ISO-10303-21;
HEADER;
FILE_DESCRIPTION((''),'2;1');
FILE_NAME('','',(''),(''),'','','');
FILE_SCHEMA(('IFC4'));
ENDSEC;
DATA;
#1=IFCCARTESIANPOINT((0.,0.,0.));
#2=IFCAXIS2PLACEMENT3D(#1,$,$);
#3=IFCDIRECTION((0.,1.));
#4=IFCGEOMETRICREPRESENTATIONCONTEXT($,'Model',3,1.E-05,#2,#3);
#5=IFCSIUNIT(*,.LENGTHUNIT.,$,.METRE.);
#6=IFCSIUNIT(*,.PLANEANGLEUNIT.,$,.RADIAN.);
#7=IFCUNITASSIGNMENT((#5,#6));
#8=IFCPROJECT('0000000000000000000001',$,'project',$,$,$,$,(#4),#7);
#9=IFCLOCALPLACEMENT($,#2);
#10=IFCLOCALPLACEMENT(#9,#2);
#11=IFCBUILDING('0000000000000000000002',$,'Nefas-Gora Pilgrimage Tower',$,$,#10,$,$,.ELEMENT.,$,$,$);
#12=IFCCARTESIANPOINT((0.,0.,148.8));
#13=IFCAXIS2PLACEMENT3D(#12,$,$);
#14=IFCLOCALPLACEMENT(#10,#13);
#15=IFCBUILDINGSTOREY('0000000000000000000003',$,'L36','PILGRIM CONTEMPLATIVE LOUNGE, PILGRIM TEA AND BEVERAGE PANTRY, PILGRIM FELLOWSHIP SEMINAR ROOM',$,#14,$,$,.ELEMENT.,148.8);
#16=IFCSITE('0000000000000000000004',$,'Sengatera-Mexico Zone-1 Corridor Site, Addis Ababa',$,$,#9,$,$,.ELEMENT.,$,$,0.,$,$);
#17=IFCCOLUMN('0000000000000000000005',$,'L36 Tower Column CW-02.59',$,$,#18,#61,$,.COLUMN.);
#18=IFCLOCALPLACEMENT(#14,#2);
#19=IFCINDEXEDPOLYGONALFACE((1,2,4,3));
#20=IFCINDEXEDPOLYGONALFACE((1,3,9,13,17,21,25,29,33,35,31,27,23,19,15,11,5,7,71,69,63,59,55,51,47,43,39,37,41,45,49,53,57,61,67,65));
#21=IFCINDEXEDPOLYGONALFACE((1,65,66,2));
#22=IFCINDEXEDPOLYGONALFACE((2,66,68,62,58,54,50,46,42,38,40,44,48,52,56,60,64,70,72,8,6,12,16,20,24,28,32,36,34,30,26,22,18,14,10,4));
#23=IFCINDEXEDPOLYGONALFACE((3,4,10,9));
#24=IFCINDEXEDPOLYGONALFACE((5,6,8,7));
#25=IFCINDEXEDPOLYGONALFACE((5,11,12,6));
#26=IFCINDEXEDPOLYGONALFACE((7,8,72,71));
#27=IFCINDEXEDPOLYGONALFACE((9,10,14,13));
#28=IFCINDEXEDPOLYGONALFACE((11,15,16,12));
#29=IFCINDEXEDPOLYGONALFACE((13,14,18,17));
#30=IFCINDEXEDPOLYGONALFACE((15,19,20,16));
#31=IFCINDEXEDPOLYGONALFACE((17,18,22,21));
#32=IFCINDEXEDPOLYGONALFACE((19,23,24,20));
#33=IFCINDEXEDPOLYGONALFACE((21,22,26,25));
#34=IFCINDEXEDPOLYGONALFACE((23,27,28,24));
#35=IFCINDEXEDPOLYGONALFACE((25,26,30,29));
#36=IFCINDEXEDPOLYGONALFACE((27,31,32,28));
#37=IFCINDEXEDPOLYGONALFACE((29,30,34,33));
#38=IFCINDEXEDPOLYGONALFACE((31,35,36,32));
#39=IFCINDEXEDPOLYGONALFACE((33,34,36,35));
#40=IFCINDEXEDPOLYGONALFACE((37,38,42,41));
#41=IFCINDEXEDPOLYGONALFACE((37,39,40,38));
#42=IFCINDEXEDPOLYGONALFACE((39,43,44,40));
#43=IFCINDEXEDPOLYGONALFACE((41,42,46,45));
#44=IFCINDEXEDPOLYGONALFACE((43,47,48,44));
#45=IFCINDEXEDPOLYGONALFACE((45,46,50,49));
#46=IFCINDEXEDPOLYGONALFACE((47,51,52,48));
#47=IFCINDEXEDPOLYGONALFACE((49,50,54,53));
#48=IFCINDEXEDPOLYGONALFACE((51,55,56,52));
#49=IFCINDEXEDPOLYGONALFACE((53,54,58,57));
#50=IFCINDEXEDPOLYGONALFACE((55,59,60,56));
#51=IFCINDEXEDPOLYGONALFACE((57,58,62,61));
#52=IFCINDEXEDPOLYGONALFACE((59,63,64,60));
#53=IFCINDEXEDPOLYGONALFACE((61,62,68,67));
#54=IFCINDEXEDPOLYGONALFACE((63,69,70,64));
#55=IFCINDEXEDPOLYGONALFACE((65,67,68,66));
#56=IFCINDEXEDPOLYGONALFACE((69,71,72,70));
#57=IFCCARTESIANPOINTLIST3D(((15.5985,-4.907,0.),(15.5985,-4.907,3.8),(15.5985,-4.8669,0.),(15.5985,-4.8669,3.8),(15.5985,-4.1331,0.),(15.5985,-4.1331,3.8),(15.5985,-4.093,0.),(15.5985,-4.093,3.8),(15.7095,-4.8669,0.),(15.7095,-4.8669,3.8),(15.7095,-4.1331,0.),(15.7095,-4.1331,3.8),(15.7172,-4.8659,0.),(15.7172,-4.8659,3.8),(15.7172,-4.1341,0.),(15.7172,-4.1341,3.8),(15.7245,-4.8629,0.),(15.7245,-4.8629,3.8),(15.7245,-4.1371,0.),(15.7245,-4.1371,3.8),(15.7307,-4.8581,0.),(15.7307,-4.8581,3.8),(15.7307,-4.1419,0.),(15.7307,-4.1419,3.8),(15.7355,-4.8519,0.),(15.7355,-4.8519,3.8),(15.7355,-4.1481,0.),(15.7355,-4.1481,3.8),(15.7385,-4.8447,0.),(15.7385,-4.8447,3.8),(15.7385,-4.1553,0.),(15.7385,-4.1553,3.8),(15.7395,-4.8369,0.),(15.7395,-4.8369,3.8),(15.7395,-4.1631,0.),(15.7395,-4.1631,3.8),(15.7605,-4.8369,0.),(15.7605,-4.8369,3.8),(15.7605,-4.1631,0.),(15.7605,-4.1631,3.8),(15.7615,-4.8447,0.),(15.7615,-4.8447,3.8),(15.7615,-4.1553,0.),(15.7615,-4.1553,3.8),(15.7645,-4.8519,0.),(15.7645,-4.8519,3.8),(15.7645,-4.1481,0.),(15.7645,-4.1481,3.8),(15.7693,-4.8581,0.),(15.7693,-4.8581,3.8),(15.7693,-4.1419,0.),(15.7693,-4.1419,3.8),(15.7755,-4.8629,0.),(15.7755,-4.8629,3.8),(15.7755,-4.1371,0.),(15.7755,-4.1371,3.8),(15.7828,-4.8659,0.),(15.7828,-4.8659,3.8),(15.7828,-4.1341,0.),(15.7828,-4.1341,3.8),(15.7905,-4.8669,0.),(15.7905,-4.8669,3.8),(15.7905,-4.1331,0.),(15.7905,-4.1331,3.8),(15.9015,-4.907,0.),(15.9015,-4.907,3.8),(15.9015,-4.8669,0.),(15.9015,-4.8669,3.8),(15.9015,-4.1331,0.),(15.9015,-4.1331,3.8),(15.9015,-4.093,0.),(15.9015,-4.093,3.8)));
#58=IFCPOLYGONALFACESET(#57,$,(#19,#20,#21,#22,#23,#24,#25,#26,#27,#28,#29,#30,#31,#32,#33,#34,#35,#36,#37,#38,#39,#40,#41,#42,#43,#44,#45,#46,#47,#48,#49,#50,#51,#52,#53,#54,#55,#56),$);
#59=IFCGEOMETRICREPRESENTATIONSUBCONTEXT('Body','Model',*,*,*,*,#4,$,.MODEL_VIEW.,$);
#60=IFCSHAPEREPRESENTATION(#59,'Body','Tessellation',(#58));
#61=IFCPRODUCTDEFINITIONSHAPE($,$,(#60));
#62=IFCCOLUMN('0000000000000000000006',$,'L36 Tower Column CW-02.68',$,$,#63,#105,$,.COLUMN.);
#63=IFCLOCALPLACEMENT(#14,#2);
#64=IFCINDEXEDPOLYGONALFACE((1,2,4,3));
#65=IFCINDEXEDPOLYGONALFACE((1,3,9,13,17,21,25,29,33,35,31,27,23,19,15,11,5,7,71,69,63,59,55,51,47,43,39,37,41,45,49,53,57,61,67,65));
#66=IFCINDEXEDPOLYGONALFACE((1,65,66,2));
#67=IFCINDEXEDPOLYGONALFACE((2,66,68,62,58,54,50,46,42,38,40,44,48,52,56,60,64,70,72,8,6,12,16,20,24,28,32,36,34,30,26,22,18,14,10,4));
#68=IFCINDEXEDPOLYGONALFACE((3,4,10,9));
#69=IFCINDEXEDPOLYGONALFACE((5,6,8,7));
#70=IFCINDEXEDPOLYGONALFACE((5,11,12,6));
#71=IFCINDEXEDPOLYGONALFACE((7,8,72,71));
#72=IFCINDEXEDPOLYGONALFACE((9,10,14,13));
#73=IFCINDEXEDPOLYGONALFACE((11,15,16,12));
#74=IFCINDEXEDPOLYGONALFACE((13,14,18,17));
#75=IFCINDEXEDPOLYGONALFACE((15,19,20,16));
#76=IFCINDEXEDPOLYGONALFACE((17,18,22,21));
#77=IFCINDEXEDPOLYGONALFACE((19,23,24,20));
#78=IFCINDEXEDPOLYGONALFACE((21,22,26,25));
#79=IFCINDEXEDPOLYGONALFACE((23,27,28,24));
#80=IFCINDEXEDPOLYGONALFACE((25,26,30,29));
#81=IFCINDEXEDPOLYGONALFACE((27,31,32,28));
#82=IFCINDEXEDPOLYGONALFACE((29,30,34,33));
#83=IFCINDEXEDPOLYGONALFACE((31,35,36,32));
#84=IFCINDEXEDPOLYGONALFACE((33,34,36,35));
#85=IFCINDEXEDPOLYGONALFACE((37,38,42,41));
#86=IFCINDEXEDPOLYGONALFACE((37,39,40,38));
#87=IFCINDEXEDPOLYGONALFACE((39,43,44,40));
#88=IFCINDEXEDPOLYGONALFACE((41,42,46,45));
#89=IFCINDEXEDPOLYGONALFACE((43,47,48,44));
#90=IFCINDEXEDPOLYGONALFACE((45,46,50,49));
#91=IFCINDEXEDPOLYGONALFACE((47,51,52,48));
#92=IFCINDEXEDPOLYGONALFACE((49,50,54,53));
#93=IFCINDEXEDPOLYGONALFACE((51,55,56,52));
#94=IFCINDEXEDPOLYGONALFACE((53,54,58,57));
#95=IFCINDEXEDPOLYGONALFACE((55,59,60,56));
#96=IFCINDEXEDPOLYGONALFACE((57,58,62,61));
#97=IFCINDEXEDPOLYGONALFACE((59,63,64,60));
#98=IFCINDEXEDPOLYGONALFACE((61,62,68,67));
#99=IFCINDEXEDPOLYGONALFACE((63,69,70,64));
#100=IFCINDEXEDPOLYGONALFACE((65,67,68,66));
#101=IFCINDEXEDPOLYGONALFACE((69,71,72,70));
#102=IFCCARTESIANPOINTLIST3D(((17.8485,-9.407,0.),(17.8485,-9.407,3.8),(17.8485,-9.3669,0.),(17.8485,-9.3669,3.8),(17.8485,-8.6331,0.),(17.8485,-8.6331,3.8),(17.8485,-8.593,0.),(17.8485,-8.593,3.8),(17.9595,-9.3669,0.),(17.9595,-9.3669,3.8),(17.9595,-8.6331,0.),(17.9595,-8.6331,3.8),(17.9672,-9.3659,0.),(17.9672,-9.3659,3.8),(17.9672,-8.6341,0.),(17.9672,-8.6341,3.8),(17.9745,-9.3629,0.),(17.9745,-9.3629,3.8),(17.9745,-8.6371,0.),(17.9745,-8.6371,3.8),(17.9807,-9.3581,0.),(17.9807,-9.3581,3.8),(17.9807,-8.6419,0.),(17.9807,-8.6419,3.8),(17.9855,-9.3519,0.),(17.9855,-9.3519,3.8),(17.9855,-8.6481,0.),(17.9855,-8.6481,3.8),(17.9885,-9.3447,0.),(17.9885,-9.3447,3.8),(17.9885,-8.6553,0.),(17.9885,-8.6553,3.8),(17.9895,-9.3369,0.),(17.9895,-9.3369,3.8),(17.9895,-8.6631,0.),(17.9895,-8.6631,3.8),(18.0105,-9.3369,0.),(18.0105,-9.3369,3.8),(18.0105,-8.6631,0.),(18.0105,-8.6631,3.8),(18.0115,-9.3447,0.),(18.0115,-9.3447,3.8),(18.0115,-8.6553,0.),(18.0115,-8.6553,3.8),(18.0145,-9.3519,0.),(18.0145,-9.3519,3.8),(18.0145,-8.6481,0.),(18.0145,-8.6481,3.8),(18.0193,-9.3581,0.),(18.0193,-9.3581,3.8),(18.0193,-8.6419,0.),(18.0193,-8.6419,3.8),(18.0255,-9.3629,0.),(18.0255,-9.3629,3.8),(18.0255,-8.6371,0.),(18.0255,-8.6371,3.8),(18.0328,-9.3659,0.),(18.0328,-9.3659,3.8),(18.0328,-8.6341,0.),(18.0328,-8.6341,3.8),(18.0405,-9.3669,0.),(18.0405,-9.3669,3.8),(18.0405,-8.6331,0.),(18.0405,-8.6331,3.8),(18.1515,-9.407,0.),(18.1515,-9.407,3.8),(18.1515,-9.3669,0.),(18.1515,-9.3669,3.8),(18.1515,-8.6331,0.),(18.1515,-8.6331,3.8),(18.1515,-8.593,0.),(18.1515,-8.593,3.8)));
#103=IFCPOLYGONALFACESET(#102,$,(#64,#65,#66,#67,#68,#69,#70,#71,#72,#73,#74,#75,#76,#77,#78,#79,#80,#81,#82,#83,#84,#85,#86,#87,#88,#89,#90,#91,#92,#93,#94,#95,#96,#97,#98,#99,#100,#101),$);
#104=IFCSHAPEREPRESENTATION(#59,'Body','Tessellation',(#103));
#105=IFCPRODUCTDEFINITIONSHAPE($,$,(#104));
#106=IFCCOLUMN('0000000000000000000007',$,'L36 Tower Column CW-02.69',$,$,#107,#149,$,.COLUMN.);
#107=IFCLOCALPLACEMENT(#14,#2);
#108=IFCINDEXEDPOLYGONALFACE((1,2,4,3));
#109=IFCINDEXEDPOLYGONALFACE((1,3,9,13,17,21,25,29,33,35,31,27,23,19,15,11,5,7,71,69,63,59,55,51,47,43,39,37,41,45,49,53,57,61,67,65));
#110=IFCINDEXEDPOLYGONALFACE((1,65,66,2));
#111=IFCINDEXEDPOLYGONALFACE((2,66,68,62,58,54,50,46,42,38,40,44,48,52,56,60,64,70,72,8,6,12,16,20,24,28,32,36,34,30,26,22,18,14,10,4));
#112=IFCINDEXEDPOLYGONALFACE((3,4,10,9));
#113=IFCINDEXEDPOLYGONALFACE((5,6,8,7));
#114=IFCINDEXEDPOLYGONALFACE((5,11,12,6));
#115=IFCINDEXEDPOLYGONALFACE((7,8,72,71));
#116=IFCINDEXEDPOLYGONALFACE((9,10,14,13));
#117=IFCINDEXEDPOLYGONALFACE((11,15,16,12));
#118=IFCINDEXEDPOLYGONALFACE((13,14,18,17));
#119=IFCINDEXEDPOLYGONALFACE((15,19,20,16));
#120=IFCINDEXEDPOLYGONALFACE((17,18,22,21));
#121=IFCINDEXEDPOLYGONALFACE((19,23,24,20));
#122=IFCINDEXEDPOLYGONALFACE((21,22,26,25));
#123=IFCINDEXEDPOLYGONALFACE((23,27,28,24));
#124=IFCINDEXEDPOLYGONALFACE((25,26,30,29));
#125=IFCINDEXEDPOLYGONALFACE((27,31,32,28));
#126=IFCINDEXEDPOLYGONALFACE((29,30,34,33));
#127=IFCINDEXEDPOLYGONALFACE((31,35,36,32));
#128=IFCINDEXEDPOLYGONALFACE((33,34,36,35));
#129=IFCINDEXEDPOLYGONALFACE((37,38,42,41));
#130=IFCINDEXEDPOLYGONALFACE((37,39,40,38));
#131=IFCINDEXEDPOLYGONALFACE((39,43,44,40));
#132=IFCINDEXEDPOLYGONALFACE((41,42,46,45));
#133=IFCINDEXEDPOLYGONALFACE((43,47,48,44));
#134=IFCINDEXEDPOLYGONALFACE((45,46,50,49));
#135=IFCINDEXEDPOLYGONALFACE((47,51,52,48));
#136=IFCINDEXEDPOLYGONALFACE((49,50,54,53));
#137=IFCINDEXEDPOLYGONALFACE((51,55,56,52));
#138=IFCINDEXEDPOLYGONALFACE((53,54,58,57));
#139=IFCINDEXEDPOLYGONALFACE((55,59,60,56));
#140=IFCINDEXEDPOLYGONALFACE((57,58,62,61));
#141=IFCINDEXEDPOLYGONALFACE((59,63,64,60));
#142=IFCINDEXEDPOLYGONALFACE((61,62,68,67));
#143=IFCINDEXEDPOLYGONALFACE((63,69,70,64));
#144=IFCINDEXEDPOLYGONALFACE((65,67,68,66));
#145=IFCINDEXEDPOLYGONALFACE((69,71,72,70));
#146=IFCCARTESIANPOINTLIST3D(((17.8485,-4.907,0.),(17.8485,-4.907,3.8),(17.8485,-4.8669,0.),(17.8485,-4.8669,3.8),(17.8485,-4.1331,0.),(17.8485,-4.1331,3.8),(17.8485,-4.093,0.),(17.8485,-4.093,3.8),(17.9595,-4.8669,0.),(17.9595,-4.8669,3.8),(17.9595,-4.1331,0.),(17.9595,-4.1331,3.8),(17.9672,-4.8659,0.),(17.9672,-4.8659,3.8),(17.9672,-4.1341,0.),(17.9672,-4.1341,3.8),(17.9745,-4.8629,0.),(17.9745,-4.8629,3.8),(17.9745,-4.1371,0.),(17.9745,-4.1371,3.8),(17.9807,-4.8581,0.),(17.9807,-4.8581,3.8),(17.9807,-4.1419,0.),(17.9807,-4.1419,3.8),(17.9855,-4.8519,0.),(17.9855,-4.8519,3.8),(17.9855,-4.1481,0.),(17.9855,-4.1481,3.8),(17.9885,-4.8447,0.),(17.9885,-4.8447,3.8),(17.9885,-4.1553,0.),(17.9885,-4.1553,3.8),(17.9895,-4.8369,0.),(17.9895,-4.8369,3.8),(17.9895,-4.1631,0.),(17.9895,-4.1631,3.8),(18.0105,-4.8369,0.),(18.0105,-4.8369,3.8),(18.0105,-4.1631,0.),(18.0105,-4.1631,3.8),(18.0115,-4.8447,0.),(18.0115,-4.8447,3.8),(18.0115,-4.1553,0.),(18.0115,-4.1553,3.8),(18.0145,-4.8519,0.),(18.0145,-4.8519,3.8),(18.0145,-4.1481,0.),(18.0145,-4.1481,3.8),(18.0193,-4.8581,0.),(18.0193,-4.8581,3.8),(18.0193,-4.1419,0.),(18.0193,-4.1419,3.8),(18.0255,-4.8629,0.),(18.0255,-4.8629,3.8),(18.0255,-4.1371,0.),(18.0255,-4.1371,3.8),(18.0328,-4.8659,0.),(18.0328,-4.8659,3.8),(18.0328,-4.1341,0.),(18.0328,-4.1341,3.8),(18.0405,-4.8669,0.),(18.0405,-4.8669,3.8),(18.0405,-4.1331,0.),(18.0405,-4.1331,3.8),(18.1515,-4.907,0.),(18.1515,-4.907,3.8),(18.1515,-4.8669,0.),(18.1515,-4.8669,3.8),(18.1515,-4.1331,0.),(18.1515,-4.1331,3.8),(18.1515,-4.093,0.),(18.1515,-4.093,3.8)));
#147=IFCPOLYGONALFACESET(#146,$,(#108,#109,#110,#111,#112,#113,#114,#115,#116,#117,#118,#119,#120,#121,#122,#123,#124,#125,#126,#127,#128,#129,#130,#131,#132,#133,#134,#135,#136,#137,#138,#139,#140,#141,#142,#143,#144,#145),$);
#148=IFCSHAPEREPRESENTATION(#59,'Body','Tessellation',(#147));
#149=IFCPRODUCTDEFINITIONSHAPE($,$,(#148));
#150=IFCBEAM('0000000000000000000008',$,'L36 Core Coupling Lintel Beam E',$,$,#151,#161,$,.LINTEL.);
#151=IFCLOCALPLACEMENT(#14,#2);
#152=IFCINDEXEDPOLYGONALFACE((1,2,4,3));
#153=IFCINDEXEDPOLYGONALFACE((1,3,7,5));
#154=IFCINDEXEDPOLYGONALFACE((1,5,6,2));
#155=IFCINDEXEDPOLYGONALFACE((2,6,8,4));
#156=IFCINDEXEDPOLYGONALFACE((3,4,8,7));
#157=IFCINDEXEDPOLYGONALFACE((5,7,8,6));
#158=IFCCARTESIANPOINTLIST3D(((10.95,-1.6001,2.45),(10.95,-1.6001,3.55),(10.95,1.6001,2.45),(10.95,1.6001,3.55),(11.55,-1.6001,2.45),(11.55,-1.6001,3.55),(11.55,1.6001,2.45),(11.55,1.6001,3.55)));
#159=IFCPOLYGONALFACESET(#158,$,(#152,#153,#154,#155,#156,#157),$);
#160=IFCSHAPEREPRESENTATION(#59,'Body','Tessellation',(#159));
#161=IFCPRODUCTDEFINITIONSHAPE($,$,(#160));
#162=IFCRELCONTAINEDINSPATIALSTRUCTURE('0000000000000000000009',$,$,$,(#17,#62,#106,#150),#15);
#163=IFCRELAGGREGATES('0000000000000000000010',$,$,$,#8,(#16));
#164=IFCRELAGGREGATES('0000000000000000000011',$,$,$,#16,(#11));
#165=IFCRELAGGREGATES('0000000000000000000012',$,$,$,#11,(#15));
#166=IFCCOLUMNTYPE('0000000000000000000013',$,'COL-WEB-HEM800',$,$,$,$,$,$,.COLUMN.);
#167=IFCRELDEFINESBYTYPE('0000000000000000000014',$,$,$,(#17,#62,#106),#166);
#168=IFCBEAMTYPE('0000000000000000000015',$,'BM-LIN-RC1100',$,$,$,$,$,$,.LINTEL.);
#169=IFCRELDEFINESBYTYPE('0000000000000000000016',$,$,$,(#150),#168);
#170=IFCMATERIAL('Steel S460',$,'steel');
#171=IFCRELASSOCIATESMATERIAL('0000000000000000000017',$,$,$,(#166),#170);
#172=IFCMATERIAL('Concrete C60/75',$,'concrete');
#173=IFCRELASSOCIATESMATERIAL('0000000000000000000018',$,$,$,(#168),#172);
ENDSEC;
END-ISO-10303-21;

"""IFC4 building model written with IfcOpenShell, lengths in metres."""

from ifc_helpers import new_model, si_unit, direction, frame, origin, origin_2d, place, context, subcontext, project, spatial, rectangle, i_section, extrude, source, transform, mapped, material, material_profile, profile_set, type_object, element, save


model = new_model("IFC4")

# Units and contexts
model_context = context("Model", 3, precision=1e-05, world=origin(), true_north=direction((0.0, 1.0)))
body_context = subcontext(model_context, "Body", "Model", "MODEL_VIEW")
ifc_project = project(units=[si_unit("LENGTHUNIT", "METRE"), si_unit("PLANEANGLEUNIT", "RADIAN")], contexts=[model_context])

# Site, building, storey
site_placement = place(None, origin())
site = spatial("IfcSite", under=ifc_project, at=site_placement, Name="Sengatera-Mexico Zone-1 Corridor Site, Addis Ababa", CompositionType="ELEMENT", RefElevation=0.0)
building_placement = place(site_placement, origin())
building = spatial("IfcBuilding", under=site, at=building_placement, Name="Nefas-Gora Pilgrimage Tower", CompositionType="ELEMENT")
storey_placement = place(building_placement, frame((0.0, 0.0, 148.8)))
storey = spatial("IfcBuildingStorey", under=building, at=storey_placement, Name="L36", Description="PILGRIM CONTEMPLATIVE LOUNGE, PILGRIM TEA AND BEVERAGE PANTRY, PILGRIM FELLOWSHIP SEMINAR ROOM", CompositionType="ELEMENT", Elevation=148.8)

# Columns
ifc_material_1 = material(Name="Steel S460", Category="steel")
ifc_material_profile_1 = material_profile(ifc_material_1, i_section(OverallWidth=0.303, OverallDepth=0.814, WebThickness=0.021, FlangeThickness=0.04, FilletRadius=0.03, at=origin_2d()), Name="HEM 800")
ifc_profile_set_1 = profile_set([ifc_material_profile_1], Name="Steel S460")
column_type_1 = type_object("IfcColumnType", Name="COL-WEB-HEM800", PredefinedType="COLUMN", material=ifc_profile_set_1)
shared_shape_1 = source(origin(), body_context, "Body", "SweptSolid", [
    extrude(i_section(OverallWidth=0.303, OverallDepth=0.814, WebThickness=0.021, FlangeThickness=0.04, FilletRadius=0.03, at=origin_2d()), origin(), (0.0, 0.0, 1.0), 3.8),
])
for number, where, z_axis, x_axis, name in (
    (1, (15.75, -4.5, 0.0), (0.0, 0.0, 1.0), (1.0, 0.0, 0.0), "L36 Tower Column CW-02.59"),
    (2, (18.0, -9.0, 0.0), (0.0, 0.0, 1.0), (1.0, 0.0, 0.0), "L36 Tower Column CW-02.68"),
    (3, (18.0, -4.5, 0.0), (0.0, 0.0, 1.0), (1.0, 0.0, 0.0), "L36 Tower Column CW-02.69"),
):
    element("IfcColumn", number, at=place(storey_placement, frame(where, z_axis=z_axis, x_axis=x_axis)), inside=storey, type_object=column_type_1, Name=name, PredefinedType="COLUMN", context=body_context, shape_type="MappedRepresentation", body=[
        mapped(shared_shape_1, transform((0.0, 0.0, 0.0), x_axis=(1.0, 0.0, 0.0), y_axis=(0.0, 1.0, 0.0), z_axis=(0.0, 0.0, 1.0), scale=1.0)),
    ])

# Beam
ifc_material_2 = material(Name="Concrete C60/75", Category="concrete")
ifc_material_profile_2 = material_profile(ifc_material_2, rectangle(XDim=0.6001, YDim=1.1001, at=origin_2d()), Name="RC 600x1100")
ifc_profile_set_2 = profile_set([ifc_material_profile_2], Name="Concrete C60/75")
beam_type_1 = type_object("IfcBeamType", Name="BM-LIN-RC1100", PredefinedType="LINTEL", material=ifc_profile_set_2)
shared_shape_2 = source(origin(), body_context, "Body", "SweptSolid", [
    extrude(rectangle(XDim=0.6001, YDim=1.1001, at=origin_2d()), origin(), (0.0, 0.0, 1.0), 3.2002),
])
beam_placement = place(storey_placement, frame((11.25, -1.6001, 3.0), z_axis=(0.0, 1.0, 0.0), x_axis=(-1.0, 0.0, 0.0)))
element("IfcBeam", 4, at=beam_placement, inside=storey, type_object=beam_type_1, Name="L36 Core Coupling Lintel Beam E", PredefinedType="LINTEL", context=body_context, shape_type="MappedRepresentation", body=[
    mapped(shared_shape_2, transform((0.0, 0.0, 0.0), x_axis=(1.0, 0.0, 0.0), y_axis=(0.0, 1.0, 0.0), z_axis=(0.0, 0.0, 1.0), scale=1.0)),
])

save(model, "model.ifc")
